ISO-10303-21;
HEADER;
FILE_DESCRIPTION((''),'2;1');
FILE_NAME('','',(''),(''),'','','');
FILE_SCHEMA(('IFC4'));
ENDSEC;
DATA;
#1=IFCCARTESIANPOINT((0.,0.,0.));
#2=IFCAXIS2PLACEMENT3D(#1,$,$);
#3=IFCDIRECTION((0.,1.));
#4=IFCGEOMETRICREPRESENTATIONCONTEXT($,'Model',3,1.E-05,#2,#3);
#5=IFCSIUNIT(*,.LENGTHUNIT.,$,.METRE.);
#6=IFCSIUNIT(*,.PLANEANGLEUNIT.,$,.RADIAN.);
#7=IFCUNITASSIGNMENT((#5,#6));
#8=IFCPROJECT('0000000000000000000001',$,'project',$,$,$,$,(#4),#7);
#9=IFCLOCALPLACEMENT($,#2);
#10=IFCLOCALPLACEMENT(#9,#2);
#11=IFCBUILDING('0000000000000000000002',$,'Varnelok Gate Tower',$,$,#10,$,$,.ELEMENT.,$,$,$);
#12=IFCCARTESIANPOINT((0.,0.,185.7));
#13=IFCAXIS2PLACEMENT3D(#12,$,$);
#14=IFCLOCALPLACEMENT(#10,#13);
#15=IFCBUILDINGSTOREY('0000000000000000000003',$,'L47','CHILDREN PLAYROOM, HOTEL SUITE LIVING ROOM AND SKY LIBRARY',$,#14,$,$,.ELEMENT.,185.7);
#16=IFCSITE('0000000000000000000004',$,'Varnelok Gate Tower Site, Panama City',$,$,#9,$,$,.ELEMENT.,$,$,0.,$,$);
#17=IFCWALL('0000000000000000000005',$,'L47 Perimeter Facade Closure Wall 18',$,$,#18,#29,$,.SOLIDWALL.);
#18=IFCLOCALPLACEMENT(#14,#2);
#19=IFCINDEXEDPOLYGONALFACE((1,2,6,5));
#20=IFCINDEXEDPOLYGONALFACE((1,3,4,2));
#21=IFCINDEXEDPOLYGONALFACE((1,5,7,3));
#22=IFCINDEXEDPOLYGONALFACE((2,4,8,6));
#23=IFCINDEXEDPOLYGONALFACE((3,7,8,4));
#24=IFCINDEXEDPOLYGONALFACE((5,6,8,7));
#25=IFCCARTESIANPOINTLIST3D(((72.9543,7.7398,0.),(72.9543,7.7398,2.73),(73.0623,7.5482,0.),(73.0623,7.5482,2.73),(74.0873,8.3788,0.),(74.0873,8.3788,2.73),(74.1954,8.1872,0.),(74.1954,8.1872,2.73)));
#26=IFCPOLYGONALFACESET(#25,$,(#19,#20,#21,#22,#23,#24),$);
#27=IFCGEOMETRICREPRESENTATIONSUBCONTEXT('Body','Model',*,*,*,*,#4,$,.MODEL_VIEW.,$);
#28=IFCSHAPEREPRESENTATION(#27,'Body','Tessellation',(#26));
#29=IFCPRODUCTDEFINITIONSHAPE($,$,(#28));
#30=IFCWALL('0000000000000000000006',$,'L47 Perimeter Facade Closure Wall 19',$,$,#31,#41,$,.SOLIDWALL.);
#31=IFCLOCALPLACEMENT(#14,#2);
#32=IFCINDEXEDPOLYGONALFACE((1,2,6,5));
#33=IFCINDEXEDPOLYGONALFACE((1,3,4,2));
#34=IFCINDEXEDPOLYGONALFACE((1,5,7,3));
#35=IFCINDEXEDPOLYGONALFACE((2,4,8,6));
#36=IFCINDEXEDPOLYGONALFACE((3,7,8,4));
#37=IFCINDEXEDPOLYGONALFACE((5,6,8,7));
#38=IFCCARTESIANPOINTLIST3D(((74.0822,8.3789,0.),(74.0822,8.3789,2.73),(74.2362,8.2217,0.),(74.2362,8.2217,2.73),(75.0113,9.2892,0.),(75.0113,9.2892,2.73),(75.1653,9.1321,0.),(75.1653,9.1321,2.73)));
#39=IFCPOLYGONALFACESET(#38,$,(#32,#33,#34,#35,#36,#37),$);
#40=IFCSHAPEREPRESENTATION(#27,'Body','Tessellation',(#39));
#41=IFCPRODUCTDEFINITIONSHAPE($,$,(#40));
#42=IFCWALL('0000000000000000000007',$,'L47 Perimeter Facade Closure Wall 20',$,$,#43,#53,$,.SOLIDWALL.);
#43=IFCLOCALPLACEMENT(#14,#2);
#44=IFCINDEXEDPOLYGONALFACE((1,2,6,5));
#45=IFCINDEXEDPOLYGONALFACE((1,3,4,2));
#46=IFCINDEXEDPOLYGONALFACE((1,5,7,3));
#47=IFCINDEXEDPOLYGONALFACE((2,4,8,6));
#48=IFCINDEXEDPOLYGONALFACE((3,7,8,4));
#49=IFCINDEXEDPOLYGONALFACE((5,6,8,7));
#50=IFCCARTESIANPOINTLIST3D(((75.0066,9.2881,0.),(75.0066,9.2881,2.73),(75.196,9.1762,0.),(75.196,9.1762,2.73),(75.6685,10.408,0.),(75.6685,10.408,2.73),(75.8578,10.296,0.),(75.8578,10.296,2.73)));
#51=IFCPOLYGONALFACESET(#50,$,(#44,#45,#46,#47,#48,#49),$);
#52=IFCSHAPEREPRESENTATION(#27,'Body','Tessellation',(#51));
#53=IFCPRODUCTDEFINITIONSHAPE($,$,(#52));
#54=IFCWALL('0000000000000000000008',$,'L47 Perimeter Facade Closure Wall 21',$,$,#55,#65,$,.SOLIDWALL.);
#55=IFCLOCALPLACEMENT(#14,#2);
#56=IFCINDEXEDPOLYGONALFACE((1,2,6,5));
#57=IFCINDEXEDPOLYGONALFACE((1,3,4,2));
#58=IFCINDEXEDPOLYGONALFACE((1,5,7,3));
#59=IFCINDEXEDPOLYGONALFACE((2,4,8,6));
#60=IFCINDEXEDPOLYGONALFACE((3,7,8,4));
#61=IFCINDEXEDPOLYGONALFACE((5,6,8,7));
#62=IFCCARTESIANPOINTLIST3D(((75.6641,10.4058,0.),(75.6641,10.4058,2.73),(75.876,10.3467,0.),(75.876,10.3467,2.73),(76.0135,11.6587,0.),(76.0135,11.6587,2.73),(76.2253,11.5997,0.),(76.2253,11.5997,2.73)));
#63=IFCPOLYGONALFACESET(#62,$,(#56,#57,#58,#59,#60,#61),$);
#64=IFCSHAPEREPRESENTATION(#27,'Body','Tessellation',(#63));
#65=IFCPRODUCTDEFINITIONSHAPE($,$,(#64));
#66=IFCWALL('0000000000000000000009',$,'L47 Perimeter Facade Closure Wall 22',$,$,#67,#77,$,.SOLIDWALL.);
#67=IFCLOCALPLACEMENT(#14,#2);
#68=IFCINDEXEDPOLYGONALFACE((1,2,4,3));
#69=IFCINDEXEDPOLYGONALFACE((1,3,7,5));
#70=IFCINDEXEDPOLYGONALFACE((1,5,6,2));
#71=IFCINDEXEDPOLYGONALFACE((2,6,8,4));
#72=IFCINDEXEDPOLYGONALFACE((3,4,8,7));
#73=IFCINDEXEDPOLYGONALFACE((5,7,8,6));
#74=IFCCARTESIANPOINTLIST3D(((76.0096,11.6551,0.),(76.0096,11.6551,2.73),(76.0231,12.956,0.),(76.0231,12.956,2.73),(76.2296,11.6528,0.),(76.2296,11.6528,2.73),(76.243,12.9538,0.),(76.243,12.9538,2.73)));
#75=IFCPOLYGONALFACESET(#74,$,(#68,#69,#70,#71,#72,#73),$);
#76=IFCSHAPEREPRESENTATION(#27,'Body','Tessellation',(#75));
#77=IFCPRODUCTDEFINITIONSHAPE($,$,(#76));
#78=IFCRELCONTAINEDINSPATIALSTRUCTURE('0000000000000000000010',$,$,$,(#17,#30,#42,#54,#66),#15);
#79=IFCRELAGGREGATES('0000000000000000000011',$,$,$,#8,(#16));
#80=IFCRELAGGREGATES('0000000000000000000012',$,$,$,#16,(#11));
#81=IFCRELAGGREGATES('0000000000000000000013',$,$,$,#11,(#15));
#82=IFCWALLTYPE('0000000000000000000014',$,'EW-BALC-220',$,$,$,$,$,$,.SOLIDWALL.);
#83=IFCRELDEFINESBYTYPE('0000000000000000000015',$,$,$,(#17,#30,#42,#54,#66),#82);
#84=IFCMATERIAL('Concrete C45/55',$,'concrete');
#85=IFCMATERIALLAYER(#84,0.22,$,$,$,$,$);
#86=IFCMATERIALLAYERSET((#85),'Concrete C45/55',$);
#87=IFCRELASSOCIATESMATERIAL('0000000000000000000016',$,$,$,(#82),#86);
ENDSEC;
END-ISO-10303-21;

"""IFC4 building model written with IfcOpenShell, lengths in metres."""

from ifc_helpers import new_model, si_unit, direction, frame, frame_2d, origin, place, context, subcontext, project, spatial, rectangle, extrude, material, layer, layer_set, type_object, element, save


model = new_model("IFC4")

# Units and contexts
model_context = context("Model", 3, precision=1e-05, world=origin(), true_north=direction((0.0, 1.0)))
body_context = subcontext(model_context, "Body", "Model", "MODEL_VIEW")
ifc_project = project(units=[si_unit("LENGTHUNIT", "METRE"), si_unit("PLANEANGLEUNIT", "RADIAN")], contexts=[model_context])

# Site, building, storey
site_placement = place(None, origin())
site = spatial("IfcSite", under=ifc_project, at=site_placement, Name="Varnelok Gate Tower Site, Panama City", CompositionType="ELEMENT", RefElevation=0.0)
building_placement = place(site_placement, origin())
building = spatial("IfcBuilding", under=site, at=building_placement, Name="Varnelok Gate Tower", CompositionType="ELEMENT")
storey_placement = place(building_placement, frame((0.0, 0.0, 185.7)))
storey = spatial("IfcBuildingStorey", under=building, at=storey_placement, Name="L47", Description="CHILDREN PLAYROOM, HOTEL SUITE LIVING ROOM AND SKY LIBRARY", CompositionType="ELEMENT", Elevation=185.7)

# Walls
ifc_material_1 = material(Name="Concrete C45/55", Category="concrete")
ifc_layer_1 = layer(ifc_material_1, 0.22)
ifc_layer_set_1 = layer_set([ifc_layer_1], Name="Concrete C45/55")
wall_type = type_object("IfcWallType", Name="EW-BALC-220", PredefinedType="SOLIDWALL", material=ifc_layer_set_1)
for number, where, z_axis, x_axis, name in (
    (1, (73.0083, 7.644, 0.0), (0.0, 0.0, 1.0), (0.871059, 0.491179, 0.0), "L47 Perimeter Facade Closure Wall 18"),
    (2, (74.1592, 8.3003, 0.0), (0.0, 0.0, 1.0), (0.714295, 0.699844, 0.0), "L47 Perimeter Facade Closure Wall 19"),
    (3, (75.1013, 9.2322, 0.0), (0.0, 0.0, 1.0), (0.508799, 0.860885, 0.0), "L47 Perimeter Facade Closure Wall 20"),
    (4, (75.77, 10.3762, 0.0), (0.0, 0.0, 1.0), (0.268592, 0.963254, 0.0), "L47 Perimeter Facade Closure Wall 21"),
):
    element("IfcWall", number, at=place(storey_placement, frame(where, z_axis=z_axis, x_axis=x_axis)), inside=storey, type_object=wall_type, Name=name, PredefinedType="SOLIDWALL", context=body_context, shape_type="SweptSolid", body=[
        extrude(rectangle(XDim=1.3008, YDim=0.22, at=frame_2d((0.6504, 0.0))), origin(), (0.0, 0.0, 1.0), 2.73),
    ])
wall_placement = place(storey_placement, frame((76.1196, 11.6541, 0.0), z_axis=(0.0, 0.0, 1.0), x_axis=(0.01032, 0.999947, 0.0)))
element("IfcWall", 5, at=wall_placement, inside=storey, type_object=wall_type, Name="L47 Perimeter Facade Closure Wall 22", PredefinedType="SOLIDWALL", context=body_context, shape_type="SweptSolid", body=[
    extrude(rectangle(XDim=1.301, YDim=0.22, at=frame_2d((0.6504, 0.0))), origin(), (0.0, 0.0, 1.0), 2.73),
])

save(model, "model.ifc")
